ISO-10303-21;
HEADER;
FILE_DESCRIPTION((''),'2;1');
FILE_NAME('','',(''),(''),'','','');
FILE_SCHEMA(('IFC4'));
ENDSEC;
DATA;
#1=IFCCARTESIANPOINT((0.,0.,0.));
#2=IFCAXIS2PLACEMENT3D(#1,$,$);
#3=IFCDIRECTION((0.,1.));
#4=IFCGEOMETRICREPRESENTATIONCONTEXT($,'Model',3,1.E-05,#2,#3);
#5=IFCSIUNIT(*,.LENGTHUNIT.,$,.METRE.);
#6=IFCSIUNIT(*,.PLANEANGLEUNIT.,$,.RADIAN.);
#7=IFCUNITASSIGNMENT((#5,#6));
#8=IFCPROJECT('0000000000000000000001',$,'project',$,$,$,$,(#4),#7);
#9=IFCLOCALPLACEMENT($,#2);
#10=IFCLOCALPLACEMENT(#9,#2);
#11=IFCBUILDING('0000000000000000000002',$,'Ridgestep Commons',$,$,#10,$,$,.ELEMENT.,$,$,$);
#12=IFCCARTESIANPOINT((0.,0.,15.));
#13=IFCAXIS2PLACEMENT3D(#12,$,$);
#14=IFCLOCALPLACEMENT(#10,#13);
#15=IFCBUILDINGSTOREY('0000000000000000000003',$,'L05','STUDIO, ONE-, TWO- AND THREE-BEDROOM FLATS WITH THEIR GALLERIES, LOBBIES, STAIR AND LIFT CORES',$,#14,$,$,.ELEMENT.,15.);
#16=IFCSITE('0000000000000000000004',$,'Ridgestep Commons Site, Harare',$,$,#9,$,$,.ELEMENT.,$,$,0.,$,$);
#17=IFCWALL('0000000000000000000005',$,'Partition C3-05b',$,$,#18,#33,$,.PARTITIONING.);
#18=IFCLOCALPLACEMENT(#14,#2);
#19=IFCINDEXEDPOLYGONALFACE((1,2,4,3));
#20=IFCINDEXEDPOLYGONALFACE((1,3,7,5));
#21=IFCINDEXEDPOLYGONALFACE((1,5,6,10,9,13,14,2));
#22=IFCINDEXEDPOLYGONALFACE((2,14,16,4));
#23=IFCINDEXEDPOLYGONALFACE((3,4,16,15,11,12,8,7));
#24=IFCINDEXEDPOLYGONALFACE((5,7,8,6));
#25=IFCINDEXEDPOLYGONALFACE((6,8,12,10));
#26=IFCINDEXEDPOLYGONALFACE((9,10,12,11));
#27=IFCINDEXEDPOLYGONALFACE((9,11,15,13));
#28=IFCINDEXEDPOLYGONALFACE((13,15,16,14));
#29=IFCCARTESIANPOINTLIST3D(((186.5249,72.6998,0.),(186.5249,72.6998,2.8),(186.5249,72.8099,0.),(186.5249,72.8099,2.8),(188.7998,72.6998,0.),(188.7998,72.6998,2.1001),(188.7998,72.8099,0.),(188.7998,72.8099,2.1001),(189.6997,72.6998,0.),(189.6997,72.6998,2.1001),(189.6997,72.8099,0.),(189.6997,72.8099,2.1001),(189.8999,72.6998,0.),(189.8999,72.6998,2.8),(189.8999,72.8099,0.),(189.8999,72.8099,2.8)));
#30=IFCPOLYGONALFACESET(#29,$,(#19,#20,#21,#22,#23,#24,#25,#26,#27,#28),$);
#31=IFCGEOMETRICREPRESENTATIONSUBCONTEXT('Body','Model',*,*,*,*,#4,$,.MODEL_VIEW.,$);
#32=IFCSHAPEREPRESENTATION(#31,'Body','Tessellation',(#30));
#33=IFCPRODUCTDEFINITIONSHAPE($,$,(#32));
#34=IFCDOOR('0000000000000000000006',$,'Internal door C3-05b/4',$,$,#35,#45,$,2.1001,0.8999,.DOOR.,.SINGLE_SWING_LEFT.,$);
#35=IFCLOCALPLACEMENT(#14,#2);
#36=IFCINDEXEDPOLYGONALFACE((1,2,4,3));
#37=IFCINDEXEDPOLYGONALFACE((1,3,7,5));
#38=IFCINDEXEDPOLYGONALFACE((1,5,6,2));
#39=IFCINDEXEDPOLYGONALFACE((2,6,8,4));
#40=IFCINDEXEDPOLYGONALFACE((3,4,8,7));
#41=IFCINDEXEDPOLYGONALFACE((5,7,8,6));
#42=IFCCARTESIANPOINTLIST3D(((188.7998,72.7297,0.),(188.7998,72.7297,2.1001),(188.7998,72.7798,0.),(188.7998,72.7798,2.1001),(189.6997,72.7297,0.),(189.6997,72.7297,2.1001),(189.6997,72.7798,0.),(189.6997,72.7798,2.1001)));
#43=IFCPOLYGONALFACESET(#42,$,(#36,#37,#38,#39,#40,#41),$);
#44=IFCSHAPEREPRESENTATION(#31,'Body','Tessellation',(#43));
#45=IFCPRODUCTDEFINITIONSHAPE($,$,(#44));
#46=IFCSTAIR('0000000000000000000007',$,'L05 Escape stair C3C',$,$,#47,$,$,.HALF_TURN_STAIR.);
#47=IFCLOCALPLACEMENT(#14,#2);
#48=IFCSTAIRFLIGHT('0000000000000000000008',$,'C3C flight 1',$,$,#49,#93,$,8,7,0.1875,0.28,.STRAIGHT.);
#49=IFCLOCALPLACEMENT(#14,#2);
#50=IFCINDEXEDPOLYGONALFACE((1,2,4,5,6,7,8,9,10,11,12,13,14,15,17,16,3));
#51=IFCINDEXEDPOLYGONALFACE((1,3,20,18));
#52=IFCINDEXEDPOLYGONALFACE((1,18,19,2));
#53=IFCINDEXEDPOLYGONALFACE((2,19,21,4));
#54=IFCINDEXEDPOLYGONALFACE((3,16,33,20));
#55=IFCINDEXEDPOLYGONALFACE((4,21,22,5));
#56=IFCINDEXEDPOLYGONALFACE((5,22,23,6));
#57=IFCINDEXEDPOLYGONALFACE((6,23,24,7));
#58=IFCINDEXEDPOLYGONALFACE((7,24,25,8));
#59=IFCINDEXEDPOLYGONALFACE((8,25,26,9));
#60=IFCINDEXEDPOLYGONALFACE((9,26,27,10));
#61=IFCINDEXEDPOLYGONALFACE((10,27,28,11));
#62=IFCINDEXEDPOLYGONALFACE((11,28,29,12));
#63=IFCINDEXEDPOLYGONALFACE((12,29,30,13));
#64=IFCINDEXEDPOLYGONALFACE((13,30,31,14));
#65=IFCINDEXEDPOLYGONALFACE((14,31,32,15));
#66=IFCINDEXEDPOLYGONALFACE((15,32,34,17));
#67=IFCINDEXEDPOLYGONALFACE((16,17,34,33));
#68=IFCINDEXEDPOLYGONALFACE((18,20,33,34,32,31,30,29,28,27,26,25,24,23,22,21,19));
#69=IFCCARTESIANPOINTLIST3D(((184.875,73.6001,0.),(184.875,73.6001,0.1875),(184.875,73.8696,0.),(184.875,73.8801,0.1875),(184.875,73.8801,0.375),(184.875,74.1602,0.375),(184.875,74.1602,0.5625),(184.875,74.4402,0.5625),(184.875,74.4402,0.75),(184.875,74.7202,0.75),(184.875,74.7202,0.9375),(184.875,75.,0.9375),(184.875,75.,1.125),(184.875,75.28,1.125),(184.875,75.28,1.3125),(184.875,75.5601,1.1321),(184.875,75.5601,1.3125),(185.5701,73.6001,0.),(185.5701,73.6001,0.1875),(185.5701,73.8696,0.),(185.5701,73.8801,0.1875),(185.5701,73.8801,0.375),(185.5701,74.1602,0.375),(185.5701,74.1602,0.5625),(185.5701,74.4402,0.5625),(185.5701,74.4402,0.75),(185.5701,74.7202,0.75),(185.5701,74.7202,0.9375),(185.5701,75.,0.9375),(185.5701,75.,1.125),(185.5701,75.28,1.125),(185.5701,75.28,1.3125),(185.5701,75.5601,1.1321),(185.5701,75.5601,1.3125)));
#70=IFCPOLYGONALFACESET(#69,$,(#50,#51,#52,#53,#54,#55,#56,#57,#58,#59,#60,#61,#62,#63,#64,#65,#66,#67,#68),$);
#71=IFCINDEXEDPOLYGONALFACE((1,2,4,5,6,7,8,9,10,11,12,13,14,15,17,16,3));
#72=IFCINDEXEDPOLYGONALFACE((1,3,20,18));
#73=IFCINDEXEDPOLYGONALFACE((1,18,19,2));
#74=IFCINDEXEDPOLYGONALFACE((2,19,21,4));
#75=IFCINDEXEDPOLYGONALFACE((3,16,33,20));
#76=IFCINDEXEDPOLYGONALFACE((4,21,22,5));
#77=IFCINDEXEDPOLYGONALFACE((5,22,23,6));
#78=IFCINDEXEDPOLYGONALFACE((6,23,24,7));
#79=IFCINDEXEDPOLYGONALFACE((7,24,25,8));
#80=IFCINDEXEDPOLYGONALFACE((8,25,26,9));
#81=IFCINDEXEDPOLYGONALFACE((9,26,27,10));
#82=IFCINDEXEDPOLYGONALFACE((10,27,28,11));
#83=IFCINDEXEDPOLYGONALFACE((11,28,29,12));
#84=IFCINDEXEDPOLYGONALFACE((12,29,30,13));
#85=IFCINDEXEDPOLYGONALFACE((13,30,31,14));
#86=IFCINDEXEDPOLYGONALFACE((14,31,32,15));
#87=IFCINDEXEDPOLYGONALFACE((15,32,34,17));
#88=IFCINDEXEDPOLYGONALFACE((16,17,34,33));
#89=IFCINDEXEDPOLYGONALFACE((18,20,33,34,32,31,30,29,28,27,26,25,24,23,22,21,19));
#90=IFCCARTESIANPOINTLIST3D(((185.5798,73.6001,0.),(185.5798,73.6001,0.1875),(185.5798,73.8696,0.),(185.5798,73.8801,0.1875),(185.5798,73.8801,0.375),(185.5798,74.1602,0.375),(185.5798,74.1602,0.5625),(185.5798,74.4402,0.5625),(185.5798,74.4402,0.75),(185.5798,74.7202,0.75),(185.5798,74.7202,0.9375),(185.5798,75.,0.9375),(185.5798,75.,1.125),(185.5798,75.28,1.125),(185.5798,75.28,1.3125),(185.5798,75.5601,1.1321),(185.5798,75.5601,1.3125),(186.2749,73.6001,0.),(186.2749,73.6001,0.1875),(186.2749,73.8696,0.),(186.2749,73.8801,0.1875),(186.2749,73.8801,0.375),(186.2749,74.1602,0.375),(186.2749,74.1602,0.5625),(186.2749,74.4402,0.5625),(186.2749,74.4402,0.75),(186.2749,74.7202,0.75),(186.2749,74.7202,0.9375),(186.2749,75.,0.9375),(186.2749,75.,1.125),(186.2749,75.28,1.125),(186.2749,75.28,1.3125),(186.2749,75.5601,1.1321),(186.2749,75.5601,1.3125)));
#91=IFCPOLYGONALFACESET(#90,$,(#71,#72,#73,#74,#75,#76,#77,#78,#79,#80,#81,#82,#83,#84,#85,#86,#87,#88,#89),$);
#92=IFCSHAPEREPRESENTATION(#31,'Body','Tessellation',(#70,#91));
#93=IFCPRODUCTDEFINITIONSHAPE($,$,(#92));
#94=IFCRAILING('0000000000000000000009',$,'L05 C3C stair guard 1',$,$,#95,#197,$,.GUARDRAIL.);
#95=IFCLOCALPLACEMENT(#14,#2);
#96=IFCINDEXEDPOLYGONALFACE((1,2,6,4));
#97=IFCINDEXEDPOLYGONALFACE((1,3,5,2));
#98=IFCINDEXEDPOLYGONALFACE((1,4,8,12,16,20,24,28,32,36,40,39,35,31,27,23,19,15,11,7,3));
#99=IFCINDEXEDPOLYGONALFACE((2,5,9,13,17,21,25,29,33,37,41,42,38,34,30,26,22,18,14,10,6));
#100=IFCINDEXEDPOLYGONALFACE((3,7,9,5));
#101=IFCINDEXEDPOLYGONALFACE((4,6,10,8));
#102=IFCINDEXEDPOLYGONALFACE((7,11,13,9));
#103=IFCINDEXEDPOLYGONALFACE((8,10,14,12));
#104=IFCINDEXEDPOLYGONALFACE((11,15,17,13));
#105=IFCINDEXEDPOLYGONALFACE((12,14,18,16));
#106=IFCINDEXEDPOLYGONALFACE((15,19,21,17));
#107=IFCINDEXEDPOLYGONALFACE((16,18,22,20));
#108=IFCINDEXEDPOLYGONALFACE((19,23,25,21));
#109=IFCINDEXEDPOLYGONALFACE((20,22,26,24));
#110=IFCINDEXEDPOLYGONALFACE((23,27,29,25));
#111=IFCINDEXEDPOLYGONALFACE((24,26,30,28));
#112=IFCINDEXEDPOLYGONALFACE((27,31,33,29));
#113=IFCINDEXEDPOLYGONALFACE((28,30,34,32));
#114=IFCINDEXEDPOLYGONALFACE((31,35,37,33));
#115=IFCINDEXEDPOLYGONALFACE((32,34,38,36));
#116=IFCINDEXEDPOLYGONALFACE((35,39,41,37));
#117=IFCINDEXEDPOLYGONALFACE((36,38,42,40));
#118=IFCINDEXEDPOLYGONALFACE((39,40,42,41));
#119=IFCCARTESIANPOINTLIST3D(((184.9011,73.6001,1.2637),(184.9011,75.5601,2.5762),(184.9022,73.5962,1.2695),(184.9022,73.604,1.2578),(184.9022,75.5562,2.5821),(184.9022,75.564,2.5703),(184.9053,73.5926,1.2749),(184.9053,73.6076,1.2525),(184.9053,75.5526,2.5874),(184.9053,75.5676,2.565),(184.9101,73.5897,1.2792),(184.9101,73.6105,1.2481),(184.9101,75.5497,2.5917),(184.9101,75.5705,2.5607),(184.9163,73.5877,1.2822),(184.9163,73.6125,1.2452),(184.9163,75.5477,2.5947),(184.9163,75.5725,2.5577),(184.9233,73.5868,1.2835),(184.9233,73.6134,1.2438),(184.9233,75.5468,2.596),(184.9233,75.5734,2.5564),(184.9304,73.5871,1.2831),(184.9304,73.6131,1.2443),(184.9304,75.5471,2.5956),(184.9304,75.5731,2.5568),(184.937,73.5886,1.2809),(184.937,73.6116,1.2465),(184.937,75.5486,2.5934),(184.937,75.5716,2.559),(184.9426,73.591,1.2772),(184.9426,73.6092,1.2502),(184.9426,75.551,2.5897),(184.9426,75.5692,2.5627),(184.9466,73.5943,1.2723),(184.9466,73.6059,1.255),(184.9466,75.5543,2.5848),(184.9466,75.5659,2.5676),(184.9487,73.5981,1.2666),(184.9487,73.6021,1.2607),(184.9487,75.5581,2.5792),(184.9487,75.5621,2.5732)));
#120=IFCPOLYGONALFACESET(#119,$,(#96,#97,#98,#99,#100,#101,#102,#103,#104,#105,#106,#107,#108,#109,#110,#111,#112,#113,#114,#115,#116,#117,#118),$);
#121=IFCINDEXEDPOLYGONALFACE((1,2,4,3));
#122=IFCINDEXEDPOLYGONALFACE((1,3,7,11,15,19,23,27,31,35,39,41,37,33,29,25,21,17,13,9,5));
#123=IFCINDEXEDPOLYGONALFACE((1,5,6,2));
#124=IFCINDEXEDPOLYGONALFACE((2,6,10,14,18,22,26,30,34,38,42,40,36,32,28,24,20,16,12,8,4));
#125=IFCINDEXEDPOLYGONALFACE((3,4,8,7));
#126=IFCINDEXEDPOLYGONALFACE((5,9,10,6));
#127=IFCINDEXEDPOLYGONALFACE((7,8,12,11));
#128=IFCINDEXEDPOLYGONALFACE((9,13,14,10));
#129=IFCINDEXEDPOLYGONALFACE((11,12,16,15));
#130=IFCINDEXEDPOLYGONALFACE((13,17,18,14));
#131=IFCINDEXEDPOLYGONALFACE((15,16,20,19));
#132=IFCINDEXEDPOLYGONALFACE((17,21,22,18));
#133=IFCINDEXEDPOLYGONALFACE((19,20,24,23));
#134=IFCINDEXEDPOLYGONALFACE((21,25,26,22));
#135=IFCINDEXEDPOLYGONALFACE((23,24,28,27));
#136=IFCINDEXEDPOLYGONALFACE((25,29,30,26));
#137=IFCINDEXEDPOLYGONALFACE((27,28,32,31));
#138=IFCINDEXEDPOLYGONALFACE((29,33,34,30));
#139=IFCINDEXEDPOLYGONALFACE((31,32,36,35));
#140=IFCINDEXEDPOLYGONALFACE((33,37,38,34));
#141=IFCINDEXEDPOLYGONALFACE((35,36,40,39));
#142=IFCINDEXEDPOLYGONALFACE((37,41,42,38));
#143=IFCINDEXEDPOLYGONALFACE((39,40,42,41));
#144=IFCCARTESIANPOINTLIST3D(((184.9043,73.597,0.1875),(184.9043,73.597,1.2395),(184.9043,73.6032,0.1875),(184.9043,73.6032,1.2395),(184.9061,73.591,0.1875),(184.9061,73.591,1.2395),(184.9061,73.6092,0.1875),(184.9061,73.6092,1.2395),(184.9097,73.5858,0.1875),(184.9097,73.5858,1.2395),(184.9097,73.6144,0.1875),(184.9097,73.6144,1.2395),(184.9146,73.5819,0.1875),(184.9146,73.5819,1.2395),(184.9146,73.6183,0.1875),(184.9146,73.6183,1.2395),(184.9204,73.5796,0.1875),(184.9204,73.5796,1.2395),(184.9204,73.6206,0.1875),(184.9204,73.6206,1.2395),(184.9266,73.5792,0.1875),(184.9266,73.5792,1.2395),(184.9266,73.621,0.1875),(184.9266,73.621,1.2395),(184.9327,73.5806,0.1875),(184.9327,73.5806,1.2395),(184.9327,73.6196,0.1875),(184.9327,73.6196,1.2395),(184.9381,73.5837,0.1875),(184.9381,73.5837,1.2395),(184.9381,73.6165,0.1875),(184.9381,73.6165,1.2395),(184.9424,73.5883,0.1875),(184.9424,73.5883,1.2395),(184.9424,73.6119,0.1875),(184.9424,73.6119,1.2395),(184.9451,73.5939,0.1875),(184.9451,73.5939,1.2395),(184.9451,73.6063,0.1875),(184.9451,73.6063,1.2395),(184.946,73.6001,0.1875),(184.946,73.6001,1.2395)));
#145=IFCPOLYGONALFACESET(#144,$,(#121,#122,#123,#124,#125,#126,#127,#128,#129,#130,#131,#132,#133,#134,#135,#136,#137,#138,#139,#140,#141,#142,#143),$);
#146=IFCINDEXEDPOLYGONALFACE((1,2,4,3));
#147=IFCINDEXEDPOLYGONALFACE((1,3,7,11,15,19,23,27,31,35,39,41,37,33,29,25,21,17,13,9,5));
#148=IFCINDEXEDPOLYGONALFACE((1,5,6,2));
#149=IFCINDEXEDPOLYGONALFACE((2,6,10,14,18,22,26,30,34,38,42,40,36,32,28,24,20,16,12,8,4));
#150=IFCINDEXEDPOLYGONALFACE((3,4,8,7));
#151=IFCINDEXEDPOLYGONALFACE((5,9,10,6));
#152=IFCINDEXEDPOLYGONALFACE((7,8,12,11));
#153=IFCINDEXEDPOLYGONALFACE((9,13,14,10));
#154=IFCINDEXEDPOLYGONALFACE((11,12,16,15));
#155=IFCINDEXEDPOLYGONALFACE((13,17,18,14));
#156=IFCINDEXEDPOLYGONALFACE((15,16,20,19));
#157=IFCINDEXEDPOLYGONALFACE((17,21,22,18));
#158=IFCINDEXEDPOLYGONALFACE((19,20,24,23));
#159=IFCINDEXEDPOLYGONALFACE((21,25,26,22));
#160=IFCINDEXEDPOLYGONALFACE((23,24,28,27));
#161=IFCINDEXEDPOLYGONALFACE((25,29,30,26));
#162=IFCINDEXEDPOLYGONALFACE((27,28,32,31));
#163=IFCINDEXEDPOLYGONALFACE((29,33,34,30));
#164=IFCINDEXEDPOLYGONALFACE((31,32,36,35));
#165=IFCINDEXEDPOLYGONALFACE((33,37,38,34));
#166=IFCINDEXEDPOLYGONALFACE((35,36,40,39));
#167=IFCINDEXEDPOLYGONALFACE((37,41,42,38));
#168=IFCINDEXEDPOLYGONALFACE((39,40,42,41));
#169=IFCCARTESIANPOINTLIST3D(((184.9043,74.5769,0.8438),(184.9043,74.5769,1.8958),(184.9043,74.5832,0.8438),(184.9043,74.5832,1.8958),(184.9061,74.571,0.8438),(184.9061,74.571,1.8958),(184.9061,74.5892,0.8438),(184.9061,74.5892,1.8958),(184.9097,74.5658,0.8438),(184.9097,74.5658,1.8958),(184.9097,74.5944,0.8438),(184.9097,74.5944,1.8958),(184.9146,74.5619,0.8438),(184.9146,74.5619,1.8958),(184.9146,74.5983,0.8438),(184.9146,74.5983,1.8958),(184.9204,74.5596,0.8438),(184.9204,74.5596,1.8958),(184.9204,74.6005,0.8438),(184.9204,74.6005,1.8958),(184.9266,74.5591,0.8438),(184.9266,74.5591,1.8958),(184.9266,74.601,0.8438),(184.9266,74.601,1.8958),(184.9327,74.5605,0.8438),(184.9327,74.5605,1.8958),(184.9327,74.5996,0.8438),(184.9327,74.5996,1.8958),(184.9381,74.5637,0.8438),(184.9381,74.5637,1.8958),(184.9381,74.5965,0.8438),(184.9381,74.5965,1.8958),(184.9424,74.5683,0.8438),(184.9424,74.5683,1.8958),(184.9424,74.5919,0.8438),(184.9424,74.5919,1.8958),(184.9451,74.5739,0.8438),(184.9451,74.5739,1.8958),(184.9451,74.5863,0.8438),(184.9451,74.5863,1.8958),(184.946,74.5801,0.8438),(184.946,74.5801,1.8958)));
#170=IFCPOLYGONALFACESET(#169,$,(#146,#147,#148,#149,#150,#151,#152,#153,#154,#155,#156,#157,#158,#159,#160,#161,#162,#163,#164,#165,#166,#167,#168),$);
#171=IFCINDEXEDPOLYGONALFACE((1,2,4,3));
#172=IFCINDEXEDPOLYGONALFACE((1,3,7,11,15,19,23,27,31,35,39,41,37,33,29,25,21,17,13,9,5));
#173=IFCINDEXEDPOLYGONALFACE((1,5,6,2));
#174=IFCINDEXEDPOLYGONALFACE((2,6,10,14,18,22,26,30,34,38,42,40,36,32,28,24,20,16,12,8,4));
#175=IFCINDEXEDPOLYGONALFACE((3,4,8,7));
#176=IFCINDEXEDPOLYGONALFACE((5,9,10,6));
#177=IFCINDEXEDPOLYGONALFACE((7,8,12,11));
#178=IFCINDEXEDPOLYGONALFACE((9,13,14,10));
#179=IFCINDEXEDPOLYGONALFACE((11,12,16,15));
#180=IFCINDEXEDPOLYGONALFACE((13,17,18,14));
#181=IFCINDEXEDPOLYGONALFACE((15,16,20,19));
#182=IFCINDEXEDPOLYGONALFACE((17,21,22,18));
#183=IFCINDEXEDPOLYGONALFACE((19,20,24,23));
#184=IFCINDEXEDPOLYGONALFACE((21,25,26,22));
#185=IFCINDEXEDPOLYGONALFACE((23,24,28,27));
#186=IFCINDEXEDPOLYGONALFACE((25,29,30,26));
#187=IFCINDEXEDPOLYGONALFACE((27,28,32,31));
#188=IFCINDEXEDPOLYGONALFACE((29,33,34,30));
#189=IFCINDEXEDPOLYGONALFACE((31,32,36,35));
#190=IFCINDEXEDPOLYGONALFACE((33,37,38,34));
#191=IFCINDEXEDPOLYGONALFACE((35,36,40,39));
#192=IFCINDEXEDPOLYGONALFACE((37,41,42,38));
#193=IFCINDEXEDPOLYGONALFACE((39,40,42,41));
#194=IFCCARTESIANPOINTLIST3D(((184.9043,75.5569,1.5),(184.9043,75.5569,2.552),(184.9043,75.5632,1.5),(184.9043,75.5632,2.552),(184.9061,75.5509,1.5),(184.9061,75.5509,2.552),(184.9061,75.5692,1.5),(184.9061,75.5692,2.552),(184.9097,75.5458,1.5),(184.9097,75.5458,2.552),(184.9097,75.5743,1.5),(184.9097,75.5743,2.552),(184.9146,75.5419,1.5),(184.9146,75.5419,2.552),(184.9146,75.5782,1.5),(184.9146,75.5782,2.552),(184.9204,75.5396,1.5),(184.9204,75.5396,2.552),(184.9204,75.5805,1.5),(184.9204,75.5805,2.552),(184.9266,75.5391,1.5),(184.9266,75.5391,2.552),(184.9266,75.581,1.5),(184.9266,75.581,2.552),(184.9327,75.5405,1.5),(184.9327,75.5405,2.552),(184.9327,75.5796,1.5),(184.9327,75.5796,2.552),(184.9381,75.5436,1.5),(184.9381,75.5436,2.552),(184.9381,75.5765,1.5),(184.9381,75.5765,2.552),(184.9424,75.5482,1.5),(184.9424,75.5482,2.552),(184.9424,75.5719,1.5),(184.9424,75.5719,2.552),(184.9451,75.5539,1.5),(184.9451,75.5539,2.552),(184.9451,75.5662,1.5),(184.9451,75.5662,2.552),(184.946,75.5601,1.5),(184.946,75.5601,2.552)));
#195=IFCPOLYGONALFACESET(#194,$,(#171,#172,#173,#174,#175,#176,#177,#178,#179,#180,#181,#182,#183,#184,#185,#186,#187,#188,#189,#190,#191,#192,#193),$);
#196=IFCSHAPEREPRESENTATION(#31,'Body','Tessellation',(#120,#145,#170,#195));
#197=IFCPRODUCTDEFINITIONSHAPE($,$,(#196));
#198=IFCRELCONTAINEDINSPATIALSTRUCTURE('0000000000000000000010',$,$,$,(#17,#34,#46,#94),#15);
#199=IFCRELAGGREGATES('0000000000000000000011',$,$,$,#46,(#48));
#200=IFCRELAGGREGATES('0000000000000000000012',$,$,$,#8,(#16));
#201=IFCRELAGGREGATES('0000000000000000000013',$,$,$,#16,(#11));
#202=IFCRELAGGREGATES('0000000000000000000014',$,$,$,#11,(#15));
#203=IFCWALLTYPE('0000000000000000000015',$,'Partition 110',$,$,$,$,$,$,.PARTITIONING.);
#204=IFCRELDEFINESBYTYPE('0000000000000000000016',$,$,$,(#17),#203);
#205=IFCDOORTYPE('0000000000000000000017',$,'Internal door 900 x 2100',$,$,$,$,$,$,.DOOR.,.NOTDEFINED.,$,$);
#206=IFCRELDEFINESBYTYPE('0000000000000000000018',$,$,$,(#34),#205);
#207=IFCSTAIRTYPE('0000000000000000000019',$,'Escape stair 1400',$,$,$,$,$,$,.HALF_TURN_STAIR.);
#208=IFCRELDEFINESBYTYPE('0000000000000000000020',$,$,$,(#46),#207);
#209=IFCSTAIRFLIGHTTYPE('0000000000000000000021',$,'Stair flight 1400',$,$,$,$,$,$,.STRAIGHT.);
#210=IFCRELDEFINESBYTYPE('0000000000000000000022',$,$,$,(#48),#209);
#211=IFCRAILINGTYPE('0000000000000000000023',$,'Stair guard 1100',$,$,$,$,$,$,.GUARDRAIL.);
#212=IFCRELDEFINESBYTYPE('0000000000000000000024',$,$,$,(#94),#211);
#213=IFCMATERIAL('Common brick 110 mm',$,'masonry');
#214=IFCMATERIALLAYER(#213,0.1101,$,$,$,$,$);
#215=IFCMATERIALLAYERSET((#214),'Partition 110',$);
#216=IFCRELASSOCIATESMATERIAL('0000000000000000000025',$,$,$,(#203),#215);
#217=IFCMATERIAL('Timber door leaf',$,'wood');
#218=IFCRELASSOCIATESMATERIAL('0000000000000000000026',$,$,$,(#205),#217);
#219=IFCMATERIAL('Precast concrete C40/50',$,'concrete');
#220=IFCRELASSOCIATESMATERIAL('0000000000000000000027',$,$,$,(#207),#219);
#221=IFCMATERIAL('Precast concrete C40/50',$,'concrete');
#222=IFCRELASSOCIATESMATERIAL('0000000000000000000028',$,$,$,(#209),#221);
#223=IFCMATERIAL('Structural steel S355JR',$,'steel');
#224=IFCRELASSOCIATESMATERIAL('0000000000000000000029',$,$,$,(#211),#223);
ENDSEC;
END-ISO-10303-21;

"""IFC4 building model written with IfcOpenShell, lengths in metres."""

from ifc_helpers import new_model, si_unit, direction, frame, frame_2d, origin, origin_2d, place, context, subcontext, project, spatial, polyline, rectangle, circle, outline, extrude, material, layer, layer_set, type_object, element, fill, aggregate, save


model = new_model("IFC4")

# Units and contexts
model_context = context("Model", 3, precision=1e-05, world=origin(), true_north=direction((0.0, 1.0)))
body_context = subcontext(model_context, "Body", "Model", "MODEL_VIEW")
ifc_project = project(units=[si_unit("LENGTHUNIT", "METRE"), si_unit("PLANEANGLEUNIT", "RADIAN")], contexts=[model_context])

# Site, building, storey
site_placement = place(None, origin())
site = spatial("IfcSite", under=ifc_project, at=site_placement, Name="Ridgestep Commons Site, Harare", CompositionType="ELEMENT", RefElevation=0.0)
building_placement = place(site_placement, origin())
building = spatial("IfcBuilding", under=site, at=building_placement, Name="Ridgestep Commons", CompositionType="ELEMENT")
storey_placement = place(building_placement, frame((0.0, 0.0, 15.0)))
storey = spatial("IfcBuildingStorey", under=building, at=storey_placement, Name="L05", Description="STUDIO, ONE-, TWO- AND THREE-BEDROOM FLATS WITH THEIR GALLERIES, LOBBIES, STAIR AND LIFT CORES", CompositionType="ELEMENT", Elevation=15.0)

# Wall, opening, door
ifc_material_1 = material(Name="Common brick 110 mm", Category="masonry")
ifc_layer_1 = layer(ifc_material_1, 0.1101)
ifc_layer_set_1 = layer_set([ifc_layer_1], Name="Partition 110")
wall_type_1 = type_object("IfcWallType", Name="Partition 110", PredefinedType="PARTITIONING", material=ifc_layer_set_1)
ifc_material_2 = material(Name="Timber door leaf", Category="wood")
door_type_1 = type_object("IfcDoorType", Name="Internal door 900 x 2100", OperationType="NOTDEFINED", PredefinedType="DOOR", material=ifc_material_2)
wall_1_placement = place(storey_placement, frame((186.5249, 72.7549, 0.0), z_axis=(0.0, 0.0, 1.0), x_axis=(1.0, 0.0, 0.0)))
wall_1 = element("IfcWall", 1, at=wall_1_placement, inside=storey, type_object=wall_type_1, Name="Partition C3-05b", PredefinedType="PARTITIONING", context=body_context, shape_type="SweptSolid", body=[
    extrude(rectangle(XDim=3.375, YDim=0.1101, at=frame_2d((1.6875, 0.0))), origin(), (0.0, 0.0, 1.0), 2.8),
])
opening_1_placement = place(wall_1_placement, frame((2.2749, 0.0, 0.0)))
opening_1 = element("IfcOpeningElement", 2, at=opening_1_placement, cuts=wall_1, PredefinedType="OPENING", context=body_context, shape_type="SweptSolid", body=[
    extrude(rectangle(XDim=0.8999, YDim=2.1001, at=frame_2d((0.45, 1.05))), frame((0.0, 0.0649, 0.0), z_axis=(0.0, -1.0, 0.0), x_axis=(1.0, 0.0, 0.0)), (0.0, 0.0, 1.0), 0.1301),
])
door_1_placement = place(opening_1_placement, origin())
door_1 = element("IfcDoor", 3, at=door_1_placement, inside=storey, type_object=door_type_1, Name="Internal door C3-05b/4", OperationType="SINGLE_SWING_LEFT", OverallHeight=2.1001, OverallWidth=0.8999, PredefinedType="DOOR", context=body_context, shape_type="SweptSolid", body=[
    extrude(rectangle(XDim=0.8999, YDim=2.1001, at=frame_2d((0.45, 1.05))), frame((0.0, 0.0249, 0.0), z_axis=(0.0, -1.0, 0.0), x_axis=(1.0, 0.0, 0.0)), (0.0, 0.0, 1.0), 0.05),
])
fill(opening_1, door_1)

# Stair, stair flight
ifc_material_3 = material(Name="Precast concrete C40/50", Category="concrete")
stair_type = type_object("IfcStairType", Name="Escape stair 1400", PredefinedType="HALF_TURN_STAIR", material=ifc_material_3)
stair_placement = place(storey_placement, origin())
stair = element("IfcStair", 4, at=stair_placement, inside=storey, type_object=stair_type, Name="L05 Escape stair C3C", PredefinedType="HALF_TURN_STAIR")
ifc_material_4 = material(Name="Precast concrete C40/50", Category="concrete")
stair_flight_type = type_object("IfcStairFlightType", Name="Stair flight 1400", PredefinedType="STRAIGHT", material=ifc_material_4)
stair_flight_placement = place(storey_placement, frame((185.575, 73.6001, 0.0), z_axis=(0.0, 0.0, 1.0), x_axis=(0.0, 1.0, 0.0)))
stair_flight = element("IfcStairFlight", 5, at=stair_flight_placement, type_object=stair_flight_type, Name="C3C flight 1", NumberOfRisers=8, NumberOfTreads=7, PredefinedType="STRAIGHT", RiserHeight=0.1875, TreadLength=0.28, context=body_context, shape_type="SweptSolid", body=[
    extrude(outline(polyline([(0.0, 0.0), (0.0, 0.1875), (0.28, 0.1875), (0.28, 0.375), (0.5601, 0.375), (0.5601, 0.5625), (0.8401, 0.5625), (0.8401, 0.75), (1.1201, 0.75), (1.1201, 0.9375), (1.3999, 0.9375), (1.3999, 1.125), (1.6799, 1.125), (1.6799, 1.3125), (1.96, 1.3125), (1.96, 1.5), (1.96, 1.1321), (0.2695, 0.0), (0.0, 0.0)])), frame((0.0, 0.7, 0.0), z_axis=(0.0, -1.0, 0.0), x_axis=(1.0, 0.0, 0.0)), (0.0, 0.0, 1.0), 0.6951),
    extrude(outline(polyline([(0.0, 0.0), (0.0, 0.1875), (0.28, 0.1875), (0.28, 0.375), (0.5601, 0.375), (0.5601, 0.5625), (0.8401, 0.5625), (0.8401, 0.75), (1.1201, 0.75), (1.1201, 0.9375), (1.3999, 0.9375), (1.3999, 1.125), (1.6799, 1.125), (1.6799, 1.3125), (1.96, 1.3125), (1.96, 1.5), (1.96, 1.1321), (0.2695, 0.0), (0.0, 0.0)])), frame((0.0, -0.0049, 0.0), z_axis=(0.0, -1.0, 0.0), x_axis=(1.0, 0.0, 0.0)), (0.0, 0.0, 1.0), 0.6951),
])
aggregate(stair, [stair_flight])

# Railing
ifc_material_5 = material(Name="Structural steel S355JR", Category="steel")
railing_type_1 = type_object("IfcRailingType", Name="Stair guard 1100", PredefinedType="GUARDRAIL", material=ifc_material_5)
railing_1_placement = place(storey_placement, frame((184.925, 73.6001, 0.1875)))
element("IfcRailing", 6, at=railing_1_placement, inside=storey, type_object=railing_type_1, Name="L05 C3C stair guard 1", PredefinedType="GUARDRAIL", context=body_context, shape_type="SweptSolid", body=[
    extrude(circle(Radius=0.0239, at=origin_2d()), frame((0.0, 0.0, 1.0762), z_axis=(0.0, 0.830902, 0.556419), x_axis=(-1.0, 0.0, 0.0)), (0.0, 0.0, 1.0), 2.3589),
    extrude(circle(Radius=0.021, at=origin_2d()), origin(), (0.0, 0.0, 1.0), 1.052),
    extrude(circle(Radius=0.021, at=origin_2d()), frame((0.0, 0.98, 0.6562)), (0.0, 0.0, 1.0), 1.052),
    extrude(circle(Radius=0.021, at=origin_2d()), frame((0.0, 1.96, 1.3125)), (0.0, 0.0, 1.0), 1.052),
])

save(model, "model.ifc")
